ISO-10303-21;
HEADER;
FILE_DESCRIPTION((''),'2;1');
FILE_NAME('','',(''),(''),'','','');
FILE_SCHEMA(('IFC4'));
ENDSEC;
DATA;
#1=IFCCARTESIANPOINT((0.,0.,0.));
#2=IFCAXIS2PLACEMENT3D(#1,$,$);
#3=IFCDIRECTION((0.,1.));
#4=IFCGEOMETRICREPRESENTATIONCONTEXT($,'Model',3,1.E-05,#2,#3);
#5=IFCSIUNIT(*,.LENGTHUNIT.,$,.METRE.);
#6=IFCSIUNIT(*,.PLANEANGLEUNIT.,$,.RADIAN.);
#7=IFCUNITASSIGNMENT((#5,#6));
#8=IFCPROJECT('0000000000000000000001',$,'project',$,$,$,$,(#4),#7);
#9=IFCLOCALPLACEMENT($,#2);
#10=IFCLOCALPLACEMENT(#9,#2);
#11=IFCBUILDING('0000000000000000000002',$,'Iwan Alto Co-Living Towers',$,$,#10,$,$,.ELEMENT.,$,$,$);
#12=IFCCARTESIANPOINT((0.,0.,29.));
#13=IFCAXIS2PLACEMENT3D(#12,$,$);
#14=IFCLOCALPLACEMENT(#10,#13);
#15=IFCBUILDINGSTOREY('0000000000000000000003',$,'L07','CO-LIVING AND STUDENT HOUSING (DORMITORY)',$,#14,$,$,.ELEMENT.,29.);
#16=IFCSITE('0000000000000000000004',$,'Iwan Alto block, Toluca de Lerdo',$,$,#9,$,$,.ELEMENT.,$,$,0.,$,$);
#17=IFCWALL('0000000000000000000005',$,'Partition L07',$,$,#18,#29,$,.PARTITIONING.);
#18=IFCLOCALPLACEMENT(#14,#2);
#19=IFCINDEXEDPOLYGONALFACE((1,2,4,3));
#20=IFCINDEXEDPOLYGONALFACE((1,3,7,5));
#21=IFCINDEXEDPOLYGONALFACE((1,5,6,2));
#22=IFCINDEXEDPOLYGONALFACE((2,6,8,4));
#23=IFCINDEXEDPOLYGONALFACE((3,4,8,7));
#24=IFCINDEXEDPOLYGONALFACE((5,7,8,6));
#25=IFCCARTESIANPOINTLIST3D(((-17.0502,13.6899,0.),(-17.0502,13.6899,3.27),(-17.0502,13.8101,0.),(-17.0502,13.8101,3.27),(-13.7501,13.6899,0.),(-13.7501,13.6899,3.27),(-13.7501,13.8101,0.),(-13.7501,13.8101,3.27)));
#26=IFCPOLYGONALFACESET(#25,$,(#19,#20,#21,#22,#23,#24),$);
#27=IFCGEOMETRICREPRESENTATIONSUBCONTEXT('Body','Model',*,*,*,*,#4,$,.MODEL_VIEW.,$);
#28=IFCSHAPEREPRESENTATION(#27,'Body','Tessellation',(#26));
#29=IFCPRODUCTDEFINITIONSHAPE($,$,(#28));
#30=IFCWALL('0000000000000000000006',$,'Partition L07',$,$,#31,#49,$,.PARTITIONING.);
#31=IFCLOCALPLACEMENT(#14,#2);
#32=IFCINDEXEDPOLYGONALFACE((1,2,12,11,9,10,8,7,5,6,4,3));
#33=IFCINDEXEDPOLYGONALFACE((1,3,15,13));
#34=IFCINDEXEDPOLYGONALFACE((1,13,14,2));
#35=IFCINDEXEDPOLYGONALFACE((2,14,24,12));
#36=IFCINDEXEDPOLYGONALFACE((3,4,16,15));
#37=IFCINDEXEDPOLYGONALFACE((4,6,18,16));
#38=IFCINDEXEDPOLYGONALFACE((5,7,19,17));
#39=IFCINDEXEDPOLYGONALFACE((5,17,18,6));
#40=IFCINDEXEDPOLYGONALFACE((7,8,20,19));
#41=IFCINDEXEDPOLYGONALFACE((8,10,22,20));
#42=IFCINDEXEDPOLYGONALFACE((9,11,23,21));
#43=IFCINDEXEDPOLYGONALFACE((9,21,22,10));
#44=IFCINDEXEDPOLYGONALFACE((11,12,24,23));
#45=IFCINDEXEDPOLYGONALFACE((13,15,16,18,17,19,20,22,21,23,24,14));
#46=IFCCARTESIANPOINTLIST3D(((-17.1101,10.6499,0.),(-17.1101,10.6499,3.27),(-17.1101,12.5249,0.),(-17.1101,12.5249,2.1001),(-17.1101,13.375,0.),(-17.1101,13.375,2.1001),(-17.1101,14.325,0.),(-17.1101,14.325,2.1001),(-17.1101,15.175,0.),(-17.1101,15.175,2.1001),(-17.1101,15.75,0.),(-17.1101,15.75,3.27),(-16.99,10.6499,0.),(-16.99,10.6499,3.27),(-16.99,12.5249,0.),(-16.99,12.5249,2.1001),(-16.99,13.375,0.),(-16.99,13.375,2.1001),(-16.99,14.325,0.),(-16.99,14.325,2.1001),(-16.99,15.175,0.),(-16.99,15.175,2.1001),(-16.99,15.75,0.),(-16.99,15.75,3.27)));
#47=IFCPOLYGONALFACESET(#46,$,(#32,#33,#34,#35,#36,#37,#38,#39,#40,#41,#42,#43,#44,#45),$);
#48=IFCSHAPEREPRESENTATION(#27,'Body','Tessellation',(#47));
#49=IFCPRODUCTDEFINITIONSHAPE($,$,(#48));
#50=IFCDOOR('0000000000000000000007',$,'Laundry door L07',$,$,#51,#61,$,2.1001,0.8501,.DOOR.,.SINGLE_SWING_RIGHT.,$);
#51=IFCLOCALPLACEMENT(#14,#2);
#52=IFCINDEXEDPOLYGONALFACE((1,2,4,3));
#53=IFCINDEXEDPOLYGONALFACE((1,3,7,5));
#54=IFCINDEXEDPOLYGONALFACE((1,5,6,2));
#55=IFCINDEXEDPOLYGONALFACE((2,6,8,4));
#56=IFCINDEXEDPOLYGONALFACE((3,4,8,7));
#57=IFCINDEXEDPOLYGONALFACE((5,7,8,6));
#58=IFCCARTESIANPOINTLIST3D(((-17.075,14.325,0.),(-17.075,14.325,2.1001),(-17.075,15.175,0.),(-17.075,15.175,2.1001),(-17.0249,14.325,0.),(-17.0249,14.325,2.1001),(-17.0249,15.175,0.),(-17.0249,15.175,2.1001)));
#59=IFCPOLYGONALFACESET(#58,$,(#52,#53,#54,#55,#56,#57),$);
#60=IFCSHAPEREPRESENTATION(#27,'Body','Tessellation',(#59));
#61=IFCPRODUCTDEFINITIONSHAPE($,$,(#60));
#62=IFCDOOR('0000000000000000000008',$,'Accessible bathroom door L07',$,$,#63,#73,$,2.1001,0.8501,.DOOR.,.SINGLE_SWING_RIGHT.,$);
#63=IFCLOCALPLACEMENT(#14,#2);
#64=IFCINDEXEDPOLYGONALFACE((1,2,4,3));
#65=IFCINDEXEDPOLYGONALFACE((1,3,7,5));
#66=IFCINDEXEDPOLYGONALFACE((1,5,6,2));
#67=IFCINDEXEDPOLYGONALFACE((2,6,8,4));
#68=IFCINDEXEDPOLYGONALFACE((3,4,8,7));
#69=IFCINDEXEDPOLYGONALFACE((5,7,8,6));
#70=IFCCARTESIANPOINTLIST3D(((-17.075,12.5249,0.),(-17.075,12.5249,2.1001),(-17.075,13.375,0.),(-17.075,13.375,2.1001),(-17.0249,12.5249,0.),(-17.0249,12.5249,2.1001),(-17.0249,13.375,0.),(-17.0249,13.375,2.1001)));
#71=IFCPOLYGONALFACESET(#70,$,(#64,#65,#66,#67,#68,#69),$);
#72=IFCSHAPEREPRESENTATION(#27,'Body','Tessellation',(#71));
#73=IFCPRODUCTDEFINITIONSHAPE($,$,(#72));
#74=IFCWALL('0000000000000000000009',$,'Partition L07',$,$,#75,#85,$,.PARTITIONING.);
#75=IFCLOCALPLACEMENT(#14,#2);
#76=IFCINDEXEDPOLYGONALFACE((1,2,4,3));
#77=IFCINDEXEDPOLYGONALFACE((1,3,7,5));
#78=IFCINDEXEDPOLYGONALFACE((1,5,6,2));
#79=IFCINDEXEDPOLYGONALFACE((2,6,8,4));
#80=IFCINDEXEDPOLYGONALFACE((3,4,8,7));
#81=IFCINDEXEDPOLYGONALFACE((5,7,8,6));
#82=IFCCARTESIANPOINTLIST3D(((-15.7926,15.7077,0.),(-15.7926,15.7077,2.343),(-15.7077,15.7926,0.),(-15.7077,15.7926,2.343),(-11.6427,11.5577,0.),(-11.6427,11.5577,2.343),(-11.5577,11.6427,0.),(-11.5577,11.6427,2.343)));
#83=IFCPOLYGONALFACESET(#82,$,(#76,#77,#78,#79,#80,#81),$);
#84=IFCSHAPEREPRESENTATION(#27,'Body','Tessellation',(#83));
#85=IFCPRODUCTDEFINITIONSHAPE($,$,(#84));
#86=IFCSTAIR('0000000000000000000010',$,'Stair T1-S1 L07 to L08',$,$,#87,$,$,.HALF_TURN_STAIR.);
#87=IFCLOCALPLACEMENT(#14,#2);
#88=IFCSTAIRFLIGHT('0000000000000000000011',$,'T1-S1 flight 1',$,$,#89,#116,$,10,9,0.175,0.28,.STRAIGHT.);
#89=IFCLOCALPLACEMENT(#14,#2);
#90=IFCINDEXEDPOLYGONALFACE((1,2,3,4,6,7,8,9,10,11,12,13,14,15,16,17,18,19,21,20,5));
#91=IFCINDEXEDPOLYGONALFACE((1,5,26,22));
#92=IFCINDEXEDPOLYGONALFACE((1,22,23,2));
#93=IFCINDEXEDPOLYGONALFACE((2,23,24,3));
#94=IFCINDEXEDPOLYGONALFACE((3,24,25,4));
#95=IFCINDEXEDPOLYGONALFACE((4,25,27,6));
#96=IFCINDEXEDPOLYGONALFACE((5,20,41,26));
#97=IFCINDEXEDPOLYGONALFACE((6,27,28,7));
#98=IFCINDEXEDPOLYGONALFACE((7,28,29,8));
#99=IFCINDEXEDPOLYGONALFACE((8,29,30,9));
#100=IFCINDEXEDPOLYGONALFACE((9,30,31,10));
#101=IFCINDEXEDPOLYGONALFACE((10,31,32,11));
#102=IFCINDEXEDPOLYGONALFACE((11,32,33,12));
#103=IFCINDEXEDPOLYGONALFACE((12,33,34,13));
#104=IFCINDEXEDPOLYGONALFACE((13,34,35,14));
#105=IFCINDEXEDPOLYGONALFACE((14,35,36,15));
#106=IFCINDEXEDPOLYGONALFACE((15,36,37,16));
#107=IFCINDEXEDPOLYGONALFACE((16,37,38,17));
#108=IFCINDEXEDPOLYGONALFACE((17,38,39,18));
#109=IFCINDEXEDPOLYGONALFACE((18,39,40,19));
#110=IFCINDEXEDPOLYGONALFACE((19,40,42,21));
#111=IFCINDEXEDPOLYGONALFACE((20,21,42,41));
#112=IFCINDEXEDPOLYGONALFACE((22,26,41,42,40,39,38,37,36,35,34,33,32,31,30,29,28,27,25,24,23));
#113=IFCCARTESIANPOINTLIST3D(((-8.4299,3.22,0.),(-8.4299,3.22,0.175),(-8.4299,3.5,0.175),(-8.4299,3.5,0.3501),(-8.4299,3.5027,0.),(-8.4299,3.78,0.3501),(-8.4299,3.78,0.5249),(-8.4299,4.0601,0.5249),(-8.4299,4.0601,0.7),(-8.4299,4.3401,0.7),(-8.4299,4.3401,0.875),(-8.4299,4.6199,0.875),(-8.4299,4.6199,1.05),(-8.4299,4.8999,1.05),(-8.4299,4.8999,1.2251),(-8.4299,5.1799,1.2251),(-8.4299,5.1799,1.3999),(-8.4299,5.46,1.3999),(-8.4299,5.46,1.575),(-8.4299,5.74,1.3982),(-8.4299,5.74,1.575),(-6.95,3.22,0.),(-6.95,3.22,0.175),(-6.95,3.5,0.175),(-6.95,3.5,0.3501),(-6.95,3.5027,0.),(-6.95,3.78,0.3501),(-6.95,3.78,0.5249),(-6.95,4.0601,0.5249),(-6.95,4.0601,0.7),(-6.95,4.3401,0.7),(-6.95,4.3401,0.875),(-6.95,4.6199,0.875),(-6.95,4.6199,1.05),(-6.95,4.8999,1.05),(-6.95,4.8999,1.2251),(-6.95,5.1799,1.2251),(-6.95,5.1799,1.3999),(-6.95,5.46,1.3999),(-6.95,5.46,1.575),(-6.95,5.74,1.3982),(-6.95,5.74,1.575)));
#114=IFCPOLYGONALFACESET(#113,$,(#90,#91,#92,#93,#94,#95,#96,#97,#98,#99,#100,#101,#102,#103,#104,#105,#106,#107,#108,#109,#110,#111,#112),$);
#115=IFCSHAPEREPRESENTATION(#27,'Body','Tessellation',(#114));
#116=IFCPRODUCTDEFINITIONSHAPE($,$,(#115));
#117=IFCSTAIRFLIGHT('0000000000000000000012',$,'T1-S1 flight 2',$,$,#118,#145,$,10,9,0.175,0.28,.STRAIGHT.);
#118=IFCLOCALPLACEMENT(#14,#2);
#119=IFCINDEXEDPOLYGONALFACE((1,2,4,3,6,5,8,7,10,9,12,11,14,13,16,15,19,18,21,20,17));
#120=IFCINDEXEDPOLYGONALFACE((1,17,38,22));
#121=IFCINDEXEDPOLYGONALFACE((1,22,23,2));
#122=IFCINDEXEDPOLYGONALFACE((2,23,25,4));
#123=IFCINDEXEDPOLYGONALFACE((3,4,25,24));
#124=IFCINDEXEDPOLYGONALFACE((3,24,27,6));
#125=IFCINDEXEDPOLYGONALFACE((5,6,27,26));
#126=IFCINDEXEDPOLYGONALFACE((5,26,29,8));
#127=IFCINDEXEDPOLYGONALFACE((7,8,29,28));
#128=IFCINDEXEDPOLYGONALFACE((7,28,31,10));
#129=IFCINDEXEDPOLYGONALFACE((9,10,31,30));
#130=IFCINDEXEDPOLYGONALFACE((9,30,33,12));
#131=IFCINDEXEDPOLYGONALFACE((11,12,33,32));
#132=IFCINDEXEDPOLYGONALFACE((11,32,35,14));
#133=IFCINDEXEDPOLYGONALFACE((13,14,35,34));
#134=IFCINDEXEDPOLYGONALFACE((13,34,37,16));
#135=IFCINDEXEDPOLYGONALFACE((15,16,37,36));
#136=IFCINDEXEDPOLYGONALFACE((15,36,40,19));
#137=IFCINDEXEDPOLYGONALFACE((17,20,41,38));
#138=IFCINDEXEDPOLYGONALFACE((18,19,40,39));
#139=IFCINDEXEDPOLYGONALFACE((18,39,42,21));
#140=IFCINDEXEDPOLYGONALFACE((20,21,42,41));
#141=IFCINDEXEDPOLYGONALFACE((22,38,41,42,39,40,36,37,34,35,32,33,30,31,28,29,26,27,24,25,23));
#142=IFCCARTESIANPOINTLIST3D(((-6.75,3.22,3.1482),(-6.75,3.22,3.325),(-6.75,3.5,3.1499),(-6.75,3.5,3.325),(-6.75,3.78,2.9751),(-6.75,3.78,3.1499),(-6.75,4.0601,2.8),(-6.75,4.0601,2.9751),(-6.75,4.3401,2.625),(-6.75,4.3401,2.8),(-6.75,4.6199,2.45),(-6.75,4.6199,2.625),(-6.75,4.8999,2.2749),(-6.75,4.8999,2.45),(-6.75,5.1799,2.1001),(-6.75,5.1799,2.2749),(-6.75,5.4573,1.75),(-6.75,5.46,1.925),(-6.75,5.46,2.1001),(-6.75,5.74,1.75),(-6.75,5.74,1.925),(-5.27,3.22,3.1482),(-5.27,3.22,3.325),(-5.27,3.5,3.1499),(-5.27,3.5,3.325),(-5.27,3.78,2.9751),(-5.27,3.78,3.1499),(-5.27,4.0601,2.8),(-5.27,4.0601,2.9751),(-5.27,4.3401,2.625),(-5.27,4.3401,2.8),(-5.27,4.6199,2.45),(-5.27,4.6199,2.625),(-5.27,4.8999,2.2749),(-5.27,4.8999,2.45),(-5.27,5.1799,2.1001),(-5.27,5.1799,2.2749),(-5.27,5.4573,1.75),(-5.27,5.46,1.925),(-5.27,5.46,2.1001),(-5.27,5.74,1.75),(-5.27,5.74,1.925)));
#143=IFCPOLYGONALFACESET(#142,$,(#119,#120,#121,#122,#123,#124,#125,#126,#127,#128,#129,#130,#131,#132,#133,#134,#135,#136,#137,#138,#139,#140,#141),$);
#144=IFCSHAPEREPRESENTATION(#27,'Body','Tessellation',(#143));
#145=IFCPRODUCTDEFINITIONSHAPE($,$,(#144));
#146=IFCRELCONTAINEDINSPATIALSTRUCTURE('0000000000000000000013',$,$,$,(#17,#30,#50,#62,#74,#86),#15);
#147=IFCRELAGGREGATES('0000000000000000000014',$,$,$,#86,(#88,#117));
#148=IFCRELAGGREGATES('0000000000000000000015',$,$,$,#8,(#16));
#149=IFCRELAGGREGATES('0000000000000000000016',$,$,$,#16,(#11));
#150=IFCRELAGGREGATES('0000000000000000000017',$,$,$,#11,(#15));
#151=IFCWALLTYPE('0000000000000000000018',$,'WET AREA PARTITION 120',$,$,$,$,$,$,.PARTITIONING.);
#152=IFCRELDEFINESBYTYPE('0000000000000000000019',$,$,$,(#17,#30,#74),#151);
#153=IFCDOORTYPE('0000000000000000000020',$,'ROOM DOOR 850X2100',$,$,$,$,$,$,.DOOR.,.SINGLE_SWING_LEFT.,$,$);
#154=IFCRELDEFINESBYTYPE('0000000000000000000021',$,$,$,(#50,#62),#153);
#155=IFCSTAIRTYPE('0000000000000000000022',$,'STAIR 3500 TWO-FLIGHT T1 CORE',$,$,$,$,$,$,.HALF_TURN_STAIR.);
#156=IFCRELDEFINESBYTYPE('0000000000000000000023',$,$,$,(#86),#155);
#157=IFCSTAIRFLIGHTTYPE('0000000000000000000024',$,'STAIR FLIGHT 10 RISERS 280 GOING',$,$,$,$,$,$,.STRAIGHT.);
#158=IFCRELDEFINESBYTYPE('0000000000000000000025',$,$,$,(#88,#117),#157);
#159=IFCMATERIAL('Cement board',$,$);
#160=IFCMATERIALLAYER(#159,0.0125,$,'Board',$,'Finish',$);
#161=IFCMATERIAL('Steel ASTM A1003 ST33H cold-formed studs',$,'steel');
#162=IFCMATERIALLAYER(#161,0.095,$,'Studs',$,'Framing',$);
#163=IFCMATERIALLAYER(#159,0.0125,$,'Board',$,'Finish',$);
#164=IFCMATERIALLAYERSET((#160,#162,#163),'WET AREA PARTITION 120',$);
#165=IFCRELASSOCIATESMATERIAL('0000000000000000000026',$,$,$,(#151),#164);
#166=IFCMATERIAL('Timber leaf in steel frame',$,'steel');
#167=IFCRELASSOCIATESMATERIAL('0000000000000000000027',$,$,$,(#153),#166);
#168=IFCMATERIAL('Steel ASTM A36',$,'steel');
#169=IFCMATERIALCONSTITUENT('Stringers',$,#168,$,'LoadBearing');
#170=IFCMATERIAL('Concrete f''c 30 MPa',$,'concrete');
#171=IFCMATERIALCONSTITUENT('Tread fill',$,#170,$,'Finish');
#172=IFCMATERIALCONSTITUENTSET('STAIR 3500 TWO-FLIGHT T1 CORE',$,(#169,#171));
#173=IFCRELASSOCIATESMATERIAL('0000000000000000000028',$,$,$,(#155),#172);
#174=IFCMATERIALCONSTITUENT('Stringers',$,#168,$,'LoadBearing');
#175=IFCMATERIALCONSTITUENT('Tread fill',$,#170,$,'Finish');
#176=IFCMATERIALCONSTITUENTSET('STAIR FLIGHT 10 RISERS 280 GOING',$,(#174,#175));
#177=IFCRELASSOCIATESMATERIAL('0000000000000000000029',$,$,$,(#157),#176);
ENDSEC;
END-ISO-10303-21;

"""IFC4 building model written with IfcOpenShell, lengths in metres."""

from ifc_helpers import new_model, si_unit, direction, frame, frame_2d, origin, place, context, subcontext, project, spatial, polyline, rectangle, outline, extrude, material, layer, layer_set, constituent, constituent_set, type_object, element, fill, aggregate, save


model = new_model("IFC4")

# Units and contexts
model_context = context("Model", 3, precision=1e-05, world=origin(), true_north=direction((0.0, 1.0)))
body_context = subcontext(model_context, "Body", "Model", "MODEL_VIEW")
ifc_project = project(units=[si_unit("LENGTHUNIT", "METRE"), si_unit("PLANEANGLEUNIT", "RADIAN")], contexts=[model_context])

# Site, building, storey
site_placement = place(None, origin())
site = spatial("IfcSite", under=ifc_project, at=site_placement, Name="Iwan Alto block, Toluca de Lerdo", CompositionType="ELEMENT", RefElevation=0.0)
building_placement = place(site_placement, origin())
building = spatial("IfcBuilding", under=site, at=building_placement, Name="Iwan Alto Co-Living Towers", CompositionType="ELEMENT")
storey_placement = place(building_placement, frame((0.0, 0.0, 29.0)))
storey = spatial("IfcBuildingStorey", under=building, at=storey_placement, Name="L07", Description="CO-LIVING AND STUDENT HOUSING (DORMITORY)", CompositionType="ELEMENT", Elevation=29.0)

# Shared definitions
ifc_material_1 = material(Name="Steel ASTM A1003 ST33H cold-formed studs", Category="steel")

# Shared definitions
ifc_material_2 = material(Name="Cement board")
ifc_layer_1 = layer(ifc_material_2, 0.0125, Name="Board", Category="Finish")
ifc_layer_2 = layer(ifc_material_1, 0.095, Name="Studs", Category="Framing")
ifc_layer_3 = layer(ifc_material_2, 0.0125, Name="Board", Category="Finish")
ifc_layer_set_1 = layer_set([ifc_layer_1, ifc_layer_2, ifc_layer_3], Name="WET AREA PARTITION 120")
wall_type_1 = type_object("IfcWallType", Name="WET AREA PARTITION 120", PredefinedType="PARTITIONING", material=ifc_layer_set_1)
ifc_material_3 = material(Name="Timber leaf in steel frame", Category="steel")
door_type_1 = type_object("IfcDoorType", Name="ROOM DOOR 850X2100", OperationType="SINGLE_SWING_LEFT", PredefinedType="DOOR", material=ifc_material_3)

# Wall
wall_1_placement = place(storey_placement, frame((-17.05, 13.75, 0.0), z_axis=(0.0, 0.0, 1.0), x_axis=(1.0, 0.0, 0.0)))
element("IfcWall", 1, at=wall_1_placement, inside=storey, type_object=wall_type_1, Name="Partition L07", PredefinedType="PARTITIONING", context=body_context, shape_type="SweptSolid", body=[
    extrude(rectangle(XDim=3.3, YDim=0.1201, at=frame_2d((1.6499, 0.0))), origin(), (0.0, 0.0, 1.0), 3.27),
])

# Wall, openings, doors
wall_2_placement = place(storey_placement, frame((-17.05, 10.6499, 0.0), z_axis=(0.0, 0.0, 1.0), x_axis=(0.0, 1.0, 0.0)))
wall_2 = element("IfcWall", 2, at=wall_2_placement, inside=storey, type_object=wall_type_1, Name="Partition L07", PredefinedType="PARTITIONING", context=body_context, shape_type="SweptSolid", body=[
    extrude(rectangle(XDim=5.1001, YDim=0.1201, at=frame_2d((2.55, 0.0))), origin(), (0.0, 0.0, 1.0), 3.27),
])
opening_1_placement = place(wall_2_placement, frame((3.675, 0.0, 0.0)))
opening_1 = element("IfcOpeningElement", 3, at=opening_1_placement, cuts=wall_2, PredefinedType="OPENING", context=body_context, shape_type="SweptSolid", body=[
    extrude(rectangle(XDim=0.8501, YDim=2.1001, at=frame_2d((0.425, 1.05))), frame((0.0, 0.0701, 0.0), z_axis=(0.0, -1.0, 0.0), x_axis=(1.0, 0.0, 0.0)), (0.0, 0.0, 1.0), 0.1401),
])
opening_2_placement = place(wall_2_placement, frame((1.875, 0.0, 0.0)))
opening_2 = element("IfcOpeningElement", 4, at=opening_2_placement, cuts=wall_2, PredefinedType="OPENING", context=body_context, shape_type="SweptSolid", body=[
    extrude(rectangle(XDim=0.8501, YDim=2.1001, at=frame_2d((0.425, 1.05))), frame((0.0, 0.0701, 0.0), z_axis=(0.0, -1.0, 0.0), x_axis=(1.0, 0.0, 0.0)), (0.0, 0.0, 1.0), 0.1401),
])
door_1_placement = place(opening_1_placement, origin())
door_1 = element("IfcDoor", 5, at=door_1_placement, inside=storey, type_object=door_type_1, Name="Laundry door L07", OperationType="SINGLE_SWING_RIGHT", OverallHeight=2.1001, OverallWidth=0.8501, PredefinedType="DOOR", context=body_context, shape_type="SweptSolid", body=[
    extrude(rectangle(XDim=0.8501, YDim=2.1001, at=frame_2d((0.425, 1.05))), frame((0.0, 0.0249, 0.0), z_axis=(0.0, -1.0, 0.0), x_axis=(1.0, 0.0, 0.0)), (0.0, 0.0, 1.0), 0.05),
])
fill(opening_1, door_1)
door_2_placement = place(opening_2_placement, origin())
door_2 = element("IfcDoor", 6, at=door_2_placement, inside=storey, type_object=door_type_1, Name="Accessible bathroom door L07", OperationType="SINGLE_SWING_RIGHT", OverallHeight=2.1001, OverallWidth=0.8501, PredefinedType="DOOR", context=body_context, shape_type="SweptSolid", body=[
    extrude(rectangle(XDim=0.8501, YDim=2.1001, at=frame_2d((0.425, 1.05))), frame((0.0, 0.0249, 0.0), z_axis=(0.0, -1.0, 0.0), x_axis=(1.0, 0.0, 0.0)), (0.0, 0.0, 1.0), 0.05),
])
fill(opening_2, door_2)

# Wall
wall_3_placement = place(storey_placement, frame((-11.6001, 11.6001, 0.0), z_axis=(0.0, 0.0, 1.0), x_axis=(-0.707107, 0.707107, 0.0)))
element("IfcWall", 7, at=wall_3_placement, inside=storey, type_object=wall_type_1, Name="Partition L07", PredefinedType="PARTITIONING", context=body_context, shape_type="SweptSolid", body=[
    extrude(rectangle(XDim=5.8689, YDim=0.1201, at=frame_2d((2.9346, 0.0))), origin(), (0.0, 0.0, 1.0), 2.343),
])

# Stair, stair flights
ifc_material_4 = material(Name="Steel ASTM A36", Category="steel")
ifc_constituent_1 = constituent(ifc_material_4, Name="Stringers", Category="LoadBearing")
ifc_material_5 = material(Name="Concrete f'c 30 MPa", Category="concrete")
ifc_constituent_2 = constituent(ifc_material_5, Name="Tread fill", Category="Finish")
ifc_constituent_set_1 = constituent_set(constituents=[ifc_constituent_1, ifc_constituent_2], Name="STAIR 3500 TWO-FLIGHT T1 CORE")
stair_type = type_object("IfcStairType", Name="STAIR 3500 TWO-FLIGHT T1 CORE", PredefinedType="HALF_TURN_STAIR", material=ifc_constituent_set_1)
stair_placement = place(storey_placement, origin())
stair = element("IfcStair", 8, at=stair_placement, inside=storey, type_object=stair_type, Name="Stair T1-S1 L07 to L08", PredefinedType="HALF_TURN_STAIR")
ifc_constituent_3 = constituent(ifc_material_4, Name="Stringers", Category="LoadBearing")
ifc_constituent_4 = constituent(ifc_material_5, Name="Tread fill", Category="Finish")
ifc_constituent_set_2 = constituent_set(constituents=[ifc_constituent_3, ifc_constituent_4], Name="STAIR FLIGHT 10 RISERS 280 GOING")
stair_flight_type = type_object("IfcStairFlightType", Name="STAIR FLIGHT 10 RISERS 280 GOING", PredefinedType="STRAIGHT", material=ifc_constituent_set_2)
stair_flight_1_placement = place(storey_placement, frame((-7.6899, 3.22, 0.0), z_axis=(0.0, 0.0, 1.0), x_axis=(0.0, 1.0, 0.0)))
stair_flight_1 = element("IfcStairFlight", 9, at=stair_flight_1_placement, type_object=stair_flight_type, Name="T1-S1 flight 1", NumberOfRisers=10, NumberOfTreads=9, PredefinedType="STRAIGHT", RiserHeight=0.175, TreadLength=0.28, context=body_context, shape_type="SweptSolid", body=[
    extrude(outline(polyline([(0.0, 0.0), (0.0, 0.175), (0.28, 0.175), (0.28, 0.3501), (0.5601, 0.3501), (0.5601, 0.5249), (0.8401, 0.5249), (0.8401, 0.7), (1.1201, 0.7), (1.1201, 0.875), (1.3999, 0.875), (1.3999, 1.05), (1.6799, 1.05), (1.6799, 1.2251), (1.96, 1.2251), (1.96, 1.3999), (2.24, 1.3999), (2.24, 1.575), (2.52, 1.575), (2.52, 1.75), (2.52, 1.3982), (0.2827, 0.0), (0.0, 0.0)])), frame((0.0, 0.74, 0.0), z_axis=(0.0, -1.0, 0.0), x_axis=(1.0, 0.0, 0.0)), (0.0, 0.0, 1.0), 1.48),
])
stair_flight_2_placement = place(storey_placement, frame((-6.01, 5.74, 1.75), z_axis=(0.0, 0.0, 1.0), x_axis=(0.0, -1.0, 0.0)))
stair_flight_2 = element("IfcStairFlight", 10, at=stair_flight_2_placement, type_object=stair_flight_type, Name="T1-S1 flight 2", NumberOfRisers=10, NumberOfTreads=9, PredefinedType="STRAIGHT", RiserHeight=0.175, TreadLength=0.28, context=body_context, shape_type="SweptSolid", body=[
    extrude(outline(polyline([(0.0, 0.0), (0.0, 0.175), (0.28, 0.175), (0.28, 0.3501), (0.5601, 0.3501), (0.5601, 0.5249), (0.8401, 0.5249), (0.8401, 0.7), (1.1201, 0.7), (1.1201, 0.875), (1.3999, 0.875), (1.3999, 1.05), (1.6799, 1.05), (1.6799, 1.2251), (1.96, 1.2251), (1.96, 1.3999), (2.24, 1.3999), (2.24, 1.575), (2.52, 1.575), (2.52, 1.75), (2.52, 1.3982), (0.2827, 0.0), (0.0, 0.0)])), frame((0.0, 0.74, 0.0), z_axis=(0.0, -1.0, 0.0), x_axis=(1.0, 0.0, 0.0)), (0.0, 0.0, 1.0), 1.48),
])
aggregate(stair, [stair_flight_1, stair_flight_2])

save(model, "model.ifc")
